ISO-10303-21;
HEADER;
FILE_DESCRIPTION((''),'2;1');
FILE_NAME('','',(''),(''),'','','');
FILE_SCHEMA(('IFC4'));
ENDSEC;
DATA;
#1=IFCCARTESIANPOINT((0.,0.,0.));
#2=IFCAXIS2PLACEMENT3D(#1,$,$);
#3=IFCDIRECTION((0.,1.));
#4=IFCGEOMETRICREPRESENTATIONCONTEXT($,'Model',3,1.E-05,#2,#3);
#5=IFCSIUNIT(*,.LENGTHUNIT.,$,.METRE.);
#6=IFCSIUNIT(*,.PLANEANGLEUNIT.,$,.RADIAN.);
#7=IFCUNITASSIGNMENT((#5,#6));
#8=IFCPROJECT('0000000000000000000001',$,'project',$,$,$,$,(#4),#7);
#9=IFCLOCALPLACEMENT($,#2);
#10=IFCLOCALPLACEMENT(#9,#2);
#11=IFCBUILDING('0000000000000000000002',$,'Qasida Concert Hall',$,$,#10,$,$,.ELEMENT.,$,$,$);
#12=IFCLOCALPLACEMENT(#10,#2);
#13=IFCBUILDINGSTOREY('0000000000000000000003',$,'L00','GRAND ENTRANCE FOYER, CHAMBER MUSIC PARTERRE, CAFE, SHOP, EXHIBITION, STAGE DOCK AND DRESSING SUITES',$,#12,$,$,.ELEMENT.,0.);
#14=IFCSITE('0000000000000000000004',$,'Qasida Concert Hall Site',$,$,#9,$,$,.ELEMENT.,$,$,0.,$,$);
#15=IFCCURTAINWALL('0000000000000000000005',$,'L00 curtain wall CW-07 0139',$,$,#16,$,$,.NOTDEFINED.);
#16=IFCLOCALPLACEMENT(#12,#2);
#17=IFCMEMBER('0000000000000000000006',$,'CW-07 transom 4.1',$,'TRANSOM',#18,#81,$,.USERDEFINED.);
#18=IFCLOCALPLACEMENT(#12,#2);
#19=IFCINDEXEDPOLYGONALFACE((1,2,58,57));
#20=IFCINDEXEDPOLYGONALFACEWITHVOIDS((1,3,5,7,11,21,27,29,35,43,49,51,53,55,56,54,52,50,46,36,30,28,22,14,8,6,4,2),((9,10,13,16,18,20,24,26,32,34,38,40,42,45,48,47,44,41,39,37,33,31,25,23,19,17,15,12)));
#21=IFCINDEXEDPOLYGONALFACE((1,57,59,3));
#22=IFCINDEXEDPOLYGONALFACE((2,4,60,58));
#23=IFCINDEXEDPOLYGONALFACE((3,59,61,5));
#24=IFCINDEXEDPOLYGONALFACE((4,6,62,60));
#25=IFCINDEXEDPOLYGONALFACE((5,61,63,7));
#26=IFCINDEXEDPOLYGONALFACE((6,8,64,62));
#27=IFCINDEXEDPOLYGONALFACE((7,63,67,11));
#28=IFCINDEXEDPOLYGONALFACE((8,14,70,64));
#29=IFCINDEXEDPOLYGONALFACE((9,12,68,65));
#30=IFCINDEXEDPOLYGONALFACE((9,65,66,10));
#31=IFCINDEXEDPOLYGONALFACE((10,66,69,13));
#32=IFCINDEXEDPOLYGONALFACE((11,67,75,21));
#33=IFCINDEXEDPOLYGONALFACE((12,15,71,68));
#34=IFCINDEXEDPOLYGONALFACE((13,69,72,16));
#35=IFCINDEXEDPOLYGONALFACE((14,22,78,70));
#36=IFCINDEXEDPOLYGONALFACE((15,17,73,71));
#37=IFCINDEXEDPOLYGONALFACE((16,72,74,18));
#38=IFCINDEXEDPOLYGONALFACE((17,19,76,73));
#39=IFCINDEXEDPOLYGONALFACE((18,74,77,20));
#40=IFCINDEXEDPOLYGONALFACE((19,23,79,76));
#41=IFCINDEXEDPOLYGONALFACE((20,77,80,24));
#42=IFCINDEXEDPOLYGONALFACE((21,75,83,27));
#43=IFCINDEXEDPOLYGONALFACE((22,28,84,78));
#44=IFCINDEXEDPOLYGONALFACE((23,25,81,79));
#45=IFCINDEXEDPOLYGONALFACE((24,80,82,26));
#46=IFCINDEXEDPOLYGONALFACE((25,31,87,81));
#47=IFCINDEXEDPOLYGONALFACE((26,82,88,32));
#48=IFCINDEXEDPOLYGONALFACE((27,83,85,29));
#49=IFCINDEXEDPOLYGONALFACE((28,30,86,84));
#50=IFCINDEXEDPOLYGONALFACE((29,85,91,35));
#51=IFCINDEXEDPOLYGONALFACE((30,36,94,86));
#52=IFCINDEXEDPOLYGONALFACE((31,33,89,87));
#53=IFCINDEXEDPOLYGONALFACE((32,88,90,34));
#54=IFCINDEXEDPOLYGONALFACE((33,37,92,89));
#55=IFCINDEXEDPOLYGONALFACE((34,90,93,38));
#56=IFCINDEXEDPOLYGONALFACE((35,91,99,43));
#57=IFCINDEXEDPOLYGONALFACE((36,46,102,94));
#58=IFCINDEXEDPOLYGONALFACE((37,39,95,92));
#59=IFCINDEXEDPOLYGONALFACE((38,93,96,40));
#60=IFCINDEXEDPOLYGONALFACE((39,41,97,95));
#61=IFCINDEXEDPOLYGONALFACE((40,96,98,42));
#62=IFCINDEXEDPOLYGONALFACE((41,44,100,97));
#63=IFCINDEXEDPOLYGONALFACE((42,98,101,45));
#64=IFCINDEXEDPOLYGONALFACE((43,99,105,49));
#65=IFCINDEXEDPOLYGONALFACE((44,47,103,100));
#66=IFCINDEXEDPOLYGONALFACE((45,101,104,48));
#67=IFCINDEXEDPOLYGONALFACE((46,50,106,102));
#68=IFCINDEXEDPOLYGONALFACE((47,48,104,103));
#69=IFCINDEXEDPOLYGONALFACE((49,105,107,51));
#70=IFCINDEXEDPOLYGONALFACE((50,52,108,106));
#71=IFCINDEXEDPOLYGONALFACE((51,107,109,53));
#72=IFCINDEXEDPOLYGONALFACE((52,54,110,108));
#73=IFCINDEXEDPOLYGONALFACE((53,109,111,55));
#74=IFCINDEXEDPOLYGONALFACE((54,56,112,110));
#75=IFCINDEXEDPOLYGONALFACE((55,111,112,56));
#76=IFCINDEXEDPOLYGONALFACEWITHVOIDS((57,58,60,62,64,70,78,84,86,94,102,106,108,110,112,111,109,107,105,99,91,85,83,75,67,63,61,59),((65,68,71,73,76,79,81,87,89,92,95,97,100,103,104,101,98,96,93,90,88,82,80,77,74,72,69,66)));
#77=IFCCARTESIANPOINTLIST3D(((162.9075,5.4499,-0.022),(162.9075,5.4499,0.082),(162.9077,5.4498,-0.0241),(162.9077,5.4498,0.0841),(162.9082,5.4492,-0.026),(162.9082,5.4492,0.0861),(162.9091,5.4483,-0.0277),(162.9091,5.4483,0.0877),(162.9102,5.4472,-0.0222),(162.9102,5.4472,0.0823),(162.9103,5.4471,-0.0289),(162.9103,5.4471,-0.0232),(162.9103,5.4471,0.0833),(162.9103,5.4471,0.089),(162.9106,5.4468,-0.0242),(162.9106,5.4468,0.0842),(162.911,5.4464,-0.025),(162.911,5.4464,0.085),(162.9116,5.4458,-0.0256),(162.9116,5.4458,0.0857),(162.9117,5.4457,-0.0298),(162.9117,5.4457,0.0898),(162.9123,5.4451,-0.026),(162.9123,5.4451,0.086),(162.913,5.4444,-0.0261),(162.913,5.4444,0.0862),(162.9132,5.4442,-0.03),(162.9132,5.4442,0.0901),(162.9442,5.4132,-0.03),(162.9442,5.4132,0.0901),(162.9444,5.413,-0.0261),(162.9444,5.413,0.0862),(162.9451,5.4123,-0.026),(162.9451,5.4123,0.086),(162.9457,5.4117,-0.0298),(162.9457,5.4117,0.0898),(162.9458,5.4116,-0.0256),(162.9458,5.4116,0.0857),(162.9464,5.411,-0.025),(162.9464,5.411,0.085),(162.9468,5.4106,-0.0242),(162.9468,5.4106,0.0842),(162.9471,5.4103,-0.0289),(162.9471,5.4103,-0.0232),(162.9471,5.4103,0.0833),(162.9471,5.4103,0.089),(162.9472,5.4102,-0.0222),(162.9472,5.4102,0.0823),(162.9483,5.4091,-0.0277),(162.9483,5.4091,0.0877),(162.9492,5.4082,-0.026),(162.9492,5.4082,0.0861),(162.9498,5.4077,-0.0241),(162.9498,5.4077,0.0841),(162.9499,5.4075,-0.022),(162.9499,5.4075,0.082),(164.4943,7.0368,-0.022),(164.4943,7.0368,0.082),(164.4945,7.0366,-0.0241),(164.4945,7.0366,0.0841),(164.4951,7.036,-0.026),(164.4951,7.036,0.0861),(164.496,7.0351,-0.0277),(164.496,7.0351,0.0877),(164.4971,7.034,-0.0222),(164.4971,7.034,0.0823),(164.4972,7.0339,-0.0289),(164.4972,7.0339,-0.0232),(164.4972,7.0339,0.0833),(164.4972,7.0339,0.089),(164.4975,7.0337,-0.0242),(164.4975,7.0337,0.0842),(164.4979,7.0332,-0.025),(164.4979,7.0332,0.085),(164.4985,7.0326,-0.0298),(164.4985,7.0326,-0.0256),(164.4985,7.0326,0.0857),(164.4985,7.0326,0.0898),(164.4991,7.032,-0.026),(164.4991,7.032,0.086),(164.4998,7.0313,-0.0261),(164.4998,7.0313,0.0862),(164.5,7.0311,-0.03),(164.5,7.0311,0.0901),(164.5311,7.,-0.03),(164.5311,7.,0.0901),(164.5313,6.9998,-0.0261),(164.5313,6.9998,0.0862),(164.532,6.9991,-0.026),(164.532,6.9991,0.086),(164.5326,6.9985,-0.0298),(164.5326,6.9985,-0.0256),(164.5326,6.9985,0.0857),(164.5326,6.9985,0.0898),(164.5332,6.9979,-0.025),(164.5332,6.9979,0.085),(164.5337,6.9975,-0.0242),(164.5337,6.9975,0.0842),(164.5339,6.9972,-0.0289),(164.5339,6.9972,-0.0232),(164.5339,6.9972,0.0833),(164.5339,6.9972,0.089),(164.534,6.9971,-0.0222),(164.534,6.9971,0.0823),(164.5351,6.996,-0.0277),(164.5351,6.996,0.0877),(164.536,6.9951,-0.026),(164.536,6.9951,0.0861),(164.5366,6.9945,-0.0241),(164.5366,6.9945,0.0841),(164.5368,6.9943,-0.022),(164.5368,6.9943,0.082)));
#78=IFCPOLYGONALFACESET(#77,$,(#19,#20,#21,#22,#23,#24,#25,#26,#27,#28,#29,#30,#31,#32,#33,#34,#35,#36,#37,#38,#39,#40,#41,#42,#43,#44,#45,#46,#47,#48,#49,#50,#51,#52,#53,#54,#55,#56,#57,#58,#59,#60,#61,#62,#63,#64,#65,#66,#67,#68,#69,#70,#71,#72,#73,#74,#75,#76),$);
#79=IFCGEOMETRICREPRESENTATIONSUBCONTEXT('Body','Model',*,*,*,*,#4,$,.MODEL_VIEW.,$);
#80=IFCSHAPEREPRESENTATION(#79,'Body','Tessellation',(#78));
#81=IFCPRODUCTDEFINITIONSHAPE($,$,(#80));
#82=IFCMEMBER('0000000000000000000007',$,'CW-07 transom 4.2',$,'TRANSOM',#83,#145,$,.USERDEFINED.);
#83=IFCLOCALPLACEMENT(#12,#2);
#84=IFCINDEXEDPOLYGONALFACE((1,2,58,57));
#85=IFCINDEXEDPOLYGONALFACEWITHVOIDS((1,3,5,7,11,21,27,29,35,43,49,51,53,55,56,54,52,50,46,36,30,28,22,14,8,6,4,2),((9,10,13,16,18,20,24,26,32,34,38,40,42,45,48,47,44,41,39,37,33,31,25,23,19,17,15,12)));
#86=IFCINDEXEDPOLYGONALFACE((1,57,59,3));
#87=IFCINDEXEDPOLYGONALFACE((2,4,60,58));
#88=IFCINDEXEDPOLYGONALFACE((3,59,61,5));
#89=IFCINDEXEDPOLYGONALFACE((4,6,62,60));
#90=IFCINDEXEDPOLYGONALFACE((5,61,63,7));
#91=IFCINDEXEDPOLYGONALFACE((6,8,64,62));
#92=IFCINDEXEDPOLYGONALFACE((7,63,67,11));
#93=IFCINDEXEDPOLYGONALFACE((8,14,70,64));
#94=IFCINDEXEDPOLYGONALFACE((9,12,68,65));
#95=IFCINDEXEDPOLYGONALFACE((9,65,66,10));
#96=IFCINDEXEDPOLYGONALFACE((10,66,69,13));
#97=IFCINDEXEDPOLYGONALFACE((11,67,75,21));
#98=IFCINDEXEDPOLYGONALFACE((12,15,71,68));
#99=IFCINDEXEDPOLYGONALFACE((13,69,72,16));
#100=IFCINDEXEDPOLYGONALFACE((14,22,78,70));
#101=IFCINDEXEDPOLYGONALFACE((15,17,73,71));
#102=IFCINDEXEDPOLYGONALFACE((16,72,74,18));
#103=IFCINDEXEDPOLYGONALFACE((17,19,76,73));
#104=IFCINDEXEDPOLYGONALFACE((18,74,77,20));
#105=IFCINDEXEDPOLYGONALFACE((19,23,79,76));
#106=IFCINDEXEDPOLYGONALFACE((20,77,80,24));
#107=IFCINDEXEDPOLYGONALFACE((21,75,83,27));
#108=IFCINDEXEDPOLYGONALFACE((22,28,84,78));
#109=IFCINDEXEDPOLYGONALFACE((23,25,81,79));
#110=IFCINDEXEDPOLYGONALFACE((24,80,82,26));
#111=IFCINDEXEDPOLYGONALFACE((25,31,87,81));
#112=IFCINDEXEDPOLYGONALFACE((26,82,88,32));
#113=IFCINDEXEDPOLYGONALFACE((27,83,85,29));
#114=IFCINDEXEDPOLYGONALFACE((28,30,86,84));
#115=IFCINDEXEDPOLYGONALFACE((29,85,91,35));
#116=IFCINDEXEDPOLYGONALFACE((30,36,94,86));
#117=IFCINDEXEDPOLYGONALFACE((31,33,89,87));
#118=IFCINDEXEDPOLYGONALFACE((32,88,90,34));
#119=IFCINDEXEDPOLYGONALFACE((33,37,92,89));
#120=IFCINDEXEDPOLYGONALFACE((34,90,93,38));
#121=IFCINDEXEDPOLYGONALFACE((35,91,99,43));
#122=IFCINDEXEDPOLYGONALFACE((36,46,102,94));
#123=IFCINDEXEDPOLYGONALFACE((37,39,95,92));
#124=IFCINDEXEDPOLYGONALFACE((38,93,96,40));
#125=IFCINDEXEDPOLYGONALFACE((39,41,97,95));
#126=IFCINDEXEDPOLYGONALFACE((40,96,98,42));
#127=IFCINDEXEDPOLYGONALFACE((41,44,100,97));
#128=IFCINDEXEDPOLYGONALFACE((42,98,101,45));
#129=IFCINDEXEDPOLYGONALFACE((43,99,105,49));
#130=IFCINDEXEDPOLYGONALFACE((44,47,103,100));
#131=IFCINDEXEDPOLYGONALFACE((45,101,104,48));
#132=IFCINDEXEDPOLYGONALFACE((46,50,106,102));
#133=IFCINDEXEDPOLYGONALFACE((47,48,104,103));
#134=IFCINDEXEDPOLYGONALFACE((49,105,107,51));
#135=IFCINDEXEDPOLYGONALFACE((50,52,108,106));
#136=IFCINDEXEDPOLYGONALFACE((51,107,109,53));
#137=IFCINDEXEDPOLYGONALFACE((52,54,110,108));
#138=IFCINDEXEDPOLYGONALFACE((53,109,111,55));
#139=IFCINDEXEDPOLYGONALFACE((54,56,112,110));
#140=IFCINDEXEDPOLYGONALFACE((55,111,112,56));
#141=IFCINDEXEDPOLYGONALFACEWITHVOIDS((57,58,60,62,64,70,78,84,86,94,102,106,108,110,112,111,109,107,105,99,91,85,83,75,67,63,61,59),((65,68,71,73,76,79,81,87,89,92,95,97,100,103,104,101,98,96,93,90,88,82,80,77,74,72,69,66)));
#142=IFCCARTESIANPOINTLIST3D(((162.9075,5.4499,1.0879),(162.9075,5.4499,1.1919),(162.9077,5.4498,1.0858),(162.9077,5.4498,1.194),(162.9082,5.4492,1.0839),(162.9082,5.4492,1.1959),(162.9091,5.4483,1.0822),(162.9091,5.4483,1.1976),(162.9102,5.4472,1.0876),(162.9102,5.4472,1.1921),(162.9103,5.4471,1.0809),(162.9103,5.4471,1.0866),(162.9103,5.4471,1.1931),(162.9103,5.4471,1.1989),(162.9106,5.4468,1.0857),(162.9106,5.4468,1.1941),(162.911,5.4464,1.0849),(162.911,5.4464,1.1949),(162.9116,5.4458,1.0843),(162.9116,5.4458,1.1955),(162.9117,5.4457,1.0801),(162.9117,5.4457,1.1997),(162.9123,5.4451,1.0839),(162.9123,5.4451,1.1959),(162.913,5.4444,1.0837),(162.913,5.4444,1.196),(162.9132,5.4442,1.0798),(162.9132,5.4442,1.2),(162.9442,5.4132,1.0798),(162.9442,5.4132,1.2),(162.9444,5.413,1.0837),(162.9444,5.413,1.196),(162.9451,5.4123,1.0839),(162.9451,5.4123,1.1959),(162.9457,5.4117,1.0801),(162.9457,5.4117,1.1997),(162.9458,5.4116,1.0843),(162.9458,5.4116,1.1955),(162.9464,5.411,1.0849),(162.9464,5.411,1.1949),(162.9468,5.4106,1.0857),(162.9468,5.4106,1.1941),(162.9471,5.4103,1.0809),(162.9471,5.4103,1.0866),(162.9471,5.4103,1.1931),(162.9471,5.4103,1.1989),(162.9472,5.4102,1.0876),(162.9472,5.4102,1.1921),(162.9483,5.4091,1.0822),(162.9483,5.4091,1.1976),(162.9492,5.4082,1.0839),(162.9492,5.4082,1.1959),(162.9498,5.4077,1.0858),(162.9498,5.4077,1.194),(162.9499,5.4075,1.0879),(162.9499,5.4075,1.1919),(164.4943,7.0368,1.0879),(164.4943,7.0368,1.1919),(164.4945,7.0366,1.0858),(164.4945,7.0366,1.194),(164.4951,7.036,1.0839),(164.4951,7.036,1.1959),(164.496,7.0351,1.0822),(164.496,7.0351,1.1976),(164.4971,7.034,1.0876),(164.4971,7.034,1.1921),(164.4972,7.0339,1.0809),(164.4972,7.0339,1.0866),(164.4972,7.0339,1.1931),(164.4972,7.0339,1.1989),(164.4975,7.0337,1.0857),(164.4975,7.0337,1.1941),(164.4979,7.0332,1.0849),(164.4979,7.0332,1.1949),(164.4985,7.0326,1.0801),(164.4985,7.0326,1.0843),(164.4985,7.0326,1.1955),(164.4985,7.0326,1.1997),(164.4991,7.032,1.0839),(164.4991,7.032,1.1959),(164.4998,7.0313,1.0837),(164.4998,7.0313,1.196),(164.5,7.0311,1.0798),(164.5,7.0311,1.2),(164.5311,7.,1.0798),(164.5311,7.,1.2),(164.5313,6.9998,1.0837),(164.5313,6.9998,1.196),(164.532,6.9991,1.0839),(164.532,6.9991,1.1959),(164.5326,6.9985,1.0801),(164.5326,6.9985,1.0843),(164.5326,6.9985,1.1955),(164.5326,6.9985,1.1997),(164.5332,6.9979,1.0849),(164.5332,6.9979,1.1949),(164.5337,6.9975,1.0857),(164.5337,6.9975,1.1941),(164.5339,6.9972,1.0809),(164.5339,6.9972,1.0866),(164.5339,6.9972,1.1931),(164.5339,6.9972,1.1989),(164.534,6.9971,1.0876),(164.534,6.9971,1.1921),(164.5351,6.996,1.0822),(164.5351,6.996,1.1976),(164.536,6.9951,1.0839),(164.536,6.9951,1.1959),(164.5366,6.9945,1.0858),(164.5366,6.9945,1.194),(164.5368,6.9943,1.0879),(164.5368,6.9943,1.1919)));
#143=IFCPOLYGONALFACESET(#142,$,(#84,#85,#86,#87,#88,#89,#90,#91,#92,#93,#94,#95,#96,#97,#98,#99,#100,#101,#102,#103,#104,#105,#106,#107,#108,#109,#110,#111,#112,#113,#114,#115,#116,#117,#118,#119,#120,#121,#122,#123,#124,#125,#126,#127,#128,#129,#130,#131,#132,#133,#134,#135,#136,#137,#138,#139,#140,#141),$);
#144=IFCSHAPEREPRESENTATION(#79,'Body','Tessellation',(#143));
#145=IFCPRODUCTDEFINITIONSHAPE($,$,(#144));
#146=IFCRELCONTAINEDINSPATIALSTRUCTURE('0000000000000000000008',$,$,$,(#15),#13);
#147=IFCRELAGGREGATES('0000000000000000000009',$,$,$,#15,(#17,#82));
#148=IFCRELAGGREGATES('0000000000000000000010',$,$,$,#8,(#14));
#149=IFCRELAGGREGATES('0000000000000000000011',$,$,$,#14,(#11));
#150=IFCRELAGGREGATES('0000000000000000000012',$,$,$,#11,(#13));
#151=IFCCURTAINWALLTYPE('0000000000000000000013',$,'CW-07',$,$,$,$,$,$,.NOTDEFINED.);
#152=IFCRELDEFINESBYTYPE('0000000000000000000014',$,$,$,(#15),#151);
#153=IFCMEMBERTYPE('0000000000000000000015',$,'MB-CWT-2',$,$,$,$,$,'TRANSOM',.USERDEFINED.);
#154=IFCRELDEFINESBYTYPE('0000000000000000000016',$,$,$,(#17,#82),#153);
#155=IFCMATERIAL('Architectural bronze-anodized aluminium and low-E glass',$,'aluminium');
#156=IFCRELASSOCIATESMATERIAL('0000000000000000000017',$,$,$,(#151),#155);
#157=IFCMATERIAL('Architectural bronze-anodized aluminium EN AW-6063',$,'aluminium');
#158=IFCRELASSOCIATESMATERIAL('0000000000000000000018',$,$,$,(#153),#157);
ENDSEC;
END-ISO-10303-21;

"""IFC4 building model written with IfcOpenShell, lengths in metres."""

from ifc_helpers import new_model, si_unit, direction, frame, origin, origin_2d, place, context, subcontext, project, spatial, hollow_rectangle, extrude, material, material_profile, profile_set, type_object, element, aggregate, save


model = new_model("IFC4")

# Units and contexts
model_context = context("Model", 3, precision=1e-05, world=origin(), true_north=direction((0.0, 1.0)))
body_context = subcontext(model_context, "Body", "Model", "MODEL_VIEW")
ifc_project = project(units=[si_unit("LENGTHUNIT", "METRE"), si_unit("PLANEANGLEUNIT", "RADIAN")], contexts=[model_context])

# Site, building, storey
site_placement = place(None, origin())
site = spatial("IfcSite", under=ifc_project, at=site_placement, Name="Qasida Concert Hall Site", CompositionType="ELEMENT", RefElevation=0.0)
building_placement = place(site_placement, origin())
building = spatial("IfcBuilding", under=site, at=building_placement, Name="Qasida Concert Hall", CompositionType="ELEMENT")
storey_placement = place(building_placement, origin())
storey = spatial("IfcBuildingStorey", under=building, at=storey_placement, Name="L00", Description="GRAND ENTRANCE FOYER, CHAMBER MUSIC PARTERRE, CAFE, SHOP, EXHIBITION, STAGE DOCK AND DRESSING SUITES", CompositionType="ELEMENT", Elevation=0.0)

# Curtain wall, members
ifc_material_1 = material(Name="Architectural bronze-anodized aluminium and low-E glass", Category="aluminium")
curtain_wall_type = type_object("IfcCurtainWallType", Name="CW-07", PredefinedType="NOTDEFINED", material=ifc_material_1)
curtain_wall_placement = place(storey_placement, origin())
curtain_wall = element("IfcCurtainWall", 1, at=curtain_wall_placement, inside=storey, type_object=curtain_wall_type, Name="L00 curtain wall CW-07 0139", PredefinedType="NOTDEFINED")
ifc_material_2 = material(Name="Architectural bronze-anodized aluminium EN AW-6063", Category="aluminium")
ifc_material_profile_1 = material_profile(ifc_material_2, hollow_rectangle(XDim=0.0601, YDim=0.1201, WallThickness=0.0039, InnerFilletRadius=0.0039, OuterFilletRadius=0.0081, at=origin_2d()), Name="CWT 120x60x4")
ifc_profile_set_1 = profile_set([ifc_material_profile_1], Name="Architectural bronze-anodized aluminium EN AW-6063")
member_type_1 = type_object("IfcMemberType", Name="MB-CWT-2", ElementType="TRANSOM", PredefinedType="USERDEFINED", material=ifc_profile_set_1)
member_1_placement = place(storey_placement, frame((162.9287, 5.4287, 0.03), z_axis=(0.707107, 0.707107, 0.0), x_axis=(-0.707107, 0.707107, 0.0)))
member_1 = element("IfcMember", 2, at=member_1_placement, type_object=member_type_1, Name="CW-07 transom 4.1", ObjectType="TRANSOM", PredefinedType="USERDEFINED", context=body_context, shape_type="SweptSolid", body=[
    extrude(hollow_rectangle(XDim=0.0601, YDim=0.1201, WallThickness=0.0039, InnerFilletRadius=0.0039, OuterFilletRadius=0.0081, at=origin_2d()), origin(), (0.0, 0.0, 1.0), 2.2441),
])
member_2_placement = place(storey_placement, frame((162.9287, 5.4287, 1.1399), z_axis=(0.707107, 0.707107, 0.0), x_axis=(-0.707107, 0.707107, 0.0)))
member_2 = element("IfcMember", 3, at=member_2_placement, type_object=member_type_1, Name="CW-07 transom 4.2", ObjectType="TRANSOM", PredefinedType="USERDEFINED", context=body_context, shape_type="SweptSolid", body=[
    extrude(hollow_rectangle(XDim=0.0601, YDim=0.1201, WallThickness=0.0039, InnerFilletRadius=0.0039, OuterFilletRadius=0.0081, at=origin_2d()), origin(), (0.0, 0.0, 1.0), 2.2441),
])
aggregate(curtain_wall, [member_1, member_2])

save(model, "model.ifc")
